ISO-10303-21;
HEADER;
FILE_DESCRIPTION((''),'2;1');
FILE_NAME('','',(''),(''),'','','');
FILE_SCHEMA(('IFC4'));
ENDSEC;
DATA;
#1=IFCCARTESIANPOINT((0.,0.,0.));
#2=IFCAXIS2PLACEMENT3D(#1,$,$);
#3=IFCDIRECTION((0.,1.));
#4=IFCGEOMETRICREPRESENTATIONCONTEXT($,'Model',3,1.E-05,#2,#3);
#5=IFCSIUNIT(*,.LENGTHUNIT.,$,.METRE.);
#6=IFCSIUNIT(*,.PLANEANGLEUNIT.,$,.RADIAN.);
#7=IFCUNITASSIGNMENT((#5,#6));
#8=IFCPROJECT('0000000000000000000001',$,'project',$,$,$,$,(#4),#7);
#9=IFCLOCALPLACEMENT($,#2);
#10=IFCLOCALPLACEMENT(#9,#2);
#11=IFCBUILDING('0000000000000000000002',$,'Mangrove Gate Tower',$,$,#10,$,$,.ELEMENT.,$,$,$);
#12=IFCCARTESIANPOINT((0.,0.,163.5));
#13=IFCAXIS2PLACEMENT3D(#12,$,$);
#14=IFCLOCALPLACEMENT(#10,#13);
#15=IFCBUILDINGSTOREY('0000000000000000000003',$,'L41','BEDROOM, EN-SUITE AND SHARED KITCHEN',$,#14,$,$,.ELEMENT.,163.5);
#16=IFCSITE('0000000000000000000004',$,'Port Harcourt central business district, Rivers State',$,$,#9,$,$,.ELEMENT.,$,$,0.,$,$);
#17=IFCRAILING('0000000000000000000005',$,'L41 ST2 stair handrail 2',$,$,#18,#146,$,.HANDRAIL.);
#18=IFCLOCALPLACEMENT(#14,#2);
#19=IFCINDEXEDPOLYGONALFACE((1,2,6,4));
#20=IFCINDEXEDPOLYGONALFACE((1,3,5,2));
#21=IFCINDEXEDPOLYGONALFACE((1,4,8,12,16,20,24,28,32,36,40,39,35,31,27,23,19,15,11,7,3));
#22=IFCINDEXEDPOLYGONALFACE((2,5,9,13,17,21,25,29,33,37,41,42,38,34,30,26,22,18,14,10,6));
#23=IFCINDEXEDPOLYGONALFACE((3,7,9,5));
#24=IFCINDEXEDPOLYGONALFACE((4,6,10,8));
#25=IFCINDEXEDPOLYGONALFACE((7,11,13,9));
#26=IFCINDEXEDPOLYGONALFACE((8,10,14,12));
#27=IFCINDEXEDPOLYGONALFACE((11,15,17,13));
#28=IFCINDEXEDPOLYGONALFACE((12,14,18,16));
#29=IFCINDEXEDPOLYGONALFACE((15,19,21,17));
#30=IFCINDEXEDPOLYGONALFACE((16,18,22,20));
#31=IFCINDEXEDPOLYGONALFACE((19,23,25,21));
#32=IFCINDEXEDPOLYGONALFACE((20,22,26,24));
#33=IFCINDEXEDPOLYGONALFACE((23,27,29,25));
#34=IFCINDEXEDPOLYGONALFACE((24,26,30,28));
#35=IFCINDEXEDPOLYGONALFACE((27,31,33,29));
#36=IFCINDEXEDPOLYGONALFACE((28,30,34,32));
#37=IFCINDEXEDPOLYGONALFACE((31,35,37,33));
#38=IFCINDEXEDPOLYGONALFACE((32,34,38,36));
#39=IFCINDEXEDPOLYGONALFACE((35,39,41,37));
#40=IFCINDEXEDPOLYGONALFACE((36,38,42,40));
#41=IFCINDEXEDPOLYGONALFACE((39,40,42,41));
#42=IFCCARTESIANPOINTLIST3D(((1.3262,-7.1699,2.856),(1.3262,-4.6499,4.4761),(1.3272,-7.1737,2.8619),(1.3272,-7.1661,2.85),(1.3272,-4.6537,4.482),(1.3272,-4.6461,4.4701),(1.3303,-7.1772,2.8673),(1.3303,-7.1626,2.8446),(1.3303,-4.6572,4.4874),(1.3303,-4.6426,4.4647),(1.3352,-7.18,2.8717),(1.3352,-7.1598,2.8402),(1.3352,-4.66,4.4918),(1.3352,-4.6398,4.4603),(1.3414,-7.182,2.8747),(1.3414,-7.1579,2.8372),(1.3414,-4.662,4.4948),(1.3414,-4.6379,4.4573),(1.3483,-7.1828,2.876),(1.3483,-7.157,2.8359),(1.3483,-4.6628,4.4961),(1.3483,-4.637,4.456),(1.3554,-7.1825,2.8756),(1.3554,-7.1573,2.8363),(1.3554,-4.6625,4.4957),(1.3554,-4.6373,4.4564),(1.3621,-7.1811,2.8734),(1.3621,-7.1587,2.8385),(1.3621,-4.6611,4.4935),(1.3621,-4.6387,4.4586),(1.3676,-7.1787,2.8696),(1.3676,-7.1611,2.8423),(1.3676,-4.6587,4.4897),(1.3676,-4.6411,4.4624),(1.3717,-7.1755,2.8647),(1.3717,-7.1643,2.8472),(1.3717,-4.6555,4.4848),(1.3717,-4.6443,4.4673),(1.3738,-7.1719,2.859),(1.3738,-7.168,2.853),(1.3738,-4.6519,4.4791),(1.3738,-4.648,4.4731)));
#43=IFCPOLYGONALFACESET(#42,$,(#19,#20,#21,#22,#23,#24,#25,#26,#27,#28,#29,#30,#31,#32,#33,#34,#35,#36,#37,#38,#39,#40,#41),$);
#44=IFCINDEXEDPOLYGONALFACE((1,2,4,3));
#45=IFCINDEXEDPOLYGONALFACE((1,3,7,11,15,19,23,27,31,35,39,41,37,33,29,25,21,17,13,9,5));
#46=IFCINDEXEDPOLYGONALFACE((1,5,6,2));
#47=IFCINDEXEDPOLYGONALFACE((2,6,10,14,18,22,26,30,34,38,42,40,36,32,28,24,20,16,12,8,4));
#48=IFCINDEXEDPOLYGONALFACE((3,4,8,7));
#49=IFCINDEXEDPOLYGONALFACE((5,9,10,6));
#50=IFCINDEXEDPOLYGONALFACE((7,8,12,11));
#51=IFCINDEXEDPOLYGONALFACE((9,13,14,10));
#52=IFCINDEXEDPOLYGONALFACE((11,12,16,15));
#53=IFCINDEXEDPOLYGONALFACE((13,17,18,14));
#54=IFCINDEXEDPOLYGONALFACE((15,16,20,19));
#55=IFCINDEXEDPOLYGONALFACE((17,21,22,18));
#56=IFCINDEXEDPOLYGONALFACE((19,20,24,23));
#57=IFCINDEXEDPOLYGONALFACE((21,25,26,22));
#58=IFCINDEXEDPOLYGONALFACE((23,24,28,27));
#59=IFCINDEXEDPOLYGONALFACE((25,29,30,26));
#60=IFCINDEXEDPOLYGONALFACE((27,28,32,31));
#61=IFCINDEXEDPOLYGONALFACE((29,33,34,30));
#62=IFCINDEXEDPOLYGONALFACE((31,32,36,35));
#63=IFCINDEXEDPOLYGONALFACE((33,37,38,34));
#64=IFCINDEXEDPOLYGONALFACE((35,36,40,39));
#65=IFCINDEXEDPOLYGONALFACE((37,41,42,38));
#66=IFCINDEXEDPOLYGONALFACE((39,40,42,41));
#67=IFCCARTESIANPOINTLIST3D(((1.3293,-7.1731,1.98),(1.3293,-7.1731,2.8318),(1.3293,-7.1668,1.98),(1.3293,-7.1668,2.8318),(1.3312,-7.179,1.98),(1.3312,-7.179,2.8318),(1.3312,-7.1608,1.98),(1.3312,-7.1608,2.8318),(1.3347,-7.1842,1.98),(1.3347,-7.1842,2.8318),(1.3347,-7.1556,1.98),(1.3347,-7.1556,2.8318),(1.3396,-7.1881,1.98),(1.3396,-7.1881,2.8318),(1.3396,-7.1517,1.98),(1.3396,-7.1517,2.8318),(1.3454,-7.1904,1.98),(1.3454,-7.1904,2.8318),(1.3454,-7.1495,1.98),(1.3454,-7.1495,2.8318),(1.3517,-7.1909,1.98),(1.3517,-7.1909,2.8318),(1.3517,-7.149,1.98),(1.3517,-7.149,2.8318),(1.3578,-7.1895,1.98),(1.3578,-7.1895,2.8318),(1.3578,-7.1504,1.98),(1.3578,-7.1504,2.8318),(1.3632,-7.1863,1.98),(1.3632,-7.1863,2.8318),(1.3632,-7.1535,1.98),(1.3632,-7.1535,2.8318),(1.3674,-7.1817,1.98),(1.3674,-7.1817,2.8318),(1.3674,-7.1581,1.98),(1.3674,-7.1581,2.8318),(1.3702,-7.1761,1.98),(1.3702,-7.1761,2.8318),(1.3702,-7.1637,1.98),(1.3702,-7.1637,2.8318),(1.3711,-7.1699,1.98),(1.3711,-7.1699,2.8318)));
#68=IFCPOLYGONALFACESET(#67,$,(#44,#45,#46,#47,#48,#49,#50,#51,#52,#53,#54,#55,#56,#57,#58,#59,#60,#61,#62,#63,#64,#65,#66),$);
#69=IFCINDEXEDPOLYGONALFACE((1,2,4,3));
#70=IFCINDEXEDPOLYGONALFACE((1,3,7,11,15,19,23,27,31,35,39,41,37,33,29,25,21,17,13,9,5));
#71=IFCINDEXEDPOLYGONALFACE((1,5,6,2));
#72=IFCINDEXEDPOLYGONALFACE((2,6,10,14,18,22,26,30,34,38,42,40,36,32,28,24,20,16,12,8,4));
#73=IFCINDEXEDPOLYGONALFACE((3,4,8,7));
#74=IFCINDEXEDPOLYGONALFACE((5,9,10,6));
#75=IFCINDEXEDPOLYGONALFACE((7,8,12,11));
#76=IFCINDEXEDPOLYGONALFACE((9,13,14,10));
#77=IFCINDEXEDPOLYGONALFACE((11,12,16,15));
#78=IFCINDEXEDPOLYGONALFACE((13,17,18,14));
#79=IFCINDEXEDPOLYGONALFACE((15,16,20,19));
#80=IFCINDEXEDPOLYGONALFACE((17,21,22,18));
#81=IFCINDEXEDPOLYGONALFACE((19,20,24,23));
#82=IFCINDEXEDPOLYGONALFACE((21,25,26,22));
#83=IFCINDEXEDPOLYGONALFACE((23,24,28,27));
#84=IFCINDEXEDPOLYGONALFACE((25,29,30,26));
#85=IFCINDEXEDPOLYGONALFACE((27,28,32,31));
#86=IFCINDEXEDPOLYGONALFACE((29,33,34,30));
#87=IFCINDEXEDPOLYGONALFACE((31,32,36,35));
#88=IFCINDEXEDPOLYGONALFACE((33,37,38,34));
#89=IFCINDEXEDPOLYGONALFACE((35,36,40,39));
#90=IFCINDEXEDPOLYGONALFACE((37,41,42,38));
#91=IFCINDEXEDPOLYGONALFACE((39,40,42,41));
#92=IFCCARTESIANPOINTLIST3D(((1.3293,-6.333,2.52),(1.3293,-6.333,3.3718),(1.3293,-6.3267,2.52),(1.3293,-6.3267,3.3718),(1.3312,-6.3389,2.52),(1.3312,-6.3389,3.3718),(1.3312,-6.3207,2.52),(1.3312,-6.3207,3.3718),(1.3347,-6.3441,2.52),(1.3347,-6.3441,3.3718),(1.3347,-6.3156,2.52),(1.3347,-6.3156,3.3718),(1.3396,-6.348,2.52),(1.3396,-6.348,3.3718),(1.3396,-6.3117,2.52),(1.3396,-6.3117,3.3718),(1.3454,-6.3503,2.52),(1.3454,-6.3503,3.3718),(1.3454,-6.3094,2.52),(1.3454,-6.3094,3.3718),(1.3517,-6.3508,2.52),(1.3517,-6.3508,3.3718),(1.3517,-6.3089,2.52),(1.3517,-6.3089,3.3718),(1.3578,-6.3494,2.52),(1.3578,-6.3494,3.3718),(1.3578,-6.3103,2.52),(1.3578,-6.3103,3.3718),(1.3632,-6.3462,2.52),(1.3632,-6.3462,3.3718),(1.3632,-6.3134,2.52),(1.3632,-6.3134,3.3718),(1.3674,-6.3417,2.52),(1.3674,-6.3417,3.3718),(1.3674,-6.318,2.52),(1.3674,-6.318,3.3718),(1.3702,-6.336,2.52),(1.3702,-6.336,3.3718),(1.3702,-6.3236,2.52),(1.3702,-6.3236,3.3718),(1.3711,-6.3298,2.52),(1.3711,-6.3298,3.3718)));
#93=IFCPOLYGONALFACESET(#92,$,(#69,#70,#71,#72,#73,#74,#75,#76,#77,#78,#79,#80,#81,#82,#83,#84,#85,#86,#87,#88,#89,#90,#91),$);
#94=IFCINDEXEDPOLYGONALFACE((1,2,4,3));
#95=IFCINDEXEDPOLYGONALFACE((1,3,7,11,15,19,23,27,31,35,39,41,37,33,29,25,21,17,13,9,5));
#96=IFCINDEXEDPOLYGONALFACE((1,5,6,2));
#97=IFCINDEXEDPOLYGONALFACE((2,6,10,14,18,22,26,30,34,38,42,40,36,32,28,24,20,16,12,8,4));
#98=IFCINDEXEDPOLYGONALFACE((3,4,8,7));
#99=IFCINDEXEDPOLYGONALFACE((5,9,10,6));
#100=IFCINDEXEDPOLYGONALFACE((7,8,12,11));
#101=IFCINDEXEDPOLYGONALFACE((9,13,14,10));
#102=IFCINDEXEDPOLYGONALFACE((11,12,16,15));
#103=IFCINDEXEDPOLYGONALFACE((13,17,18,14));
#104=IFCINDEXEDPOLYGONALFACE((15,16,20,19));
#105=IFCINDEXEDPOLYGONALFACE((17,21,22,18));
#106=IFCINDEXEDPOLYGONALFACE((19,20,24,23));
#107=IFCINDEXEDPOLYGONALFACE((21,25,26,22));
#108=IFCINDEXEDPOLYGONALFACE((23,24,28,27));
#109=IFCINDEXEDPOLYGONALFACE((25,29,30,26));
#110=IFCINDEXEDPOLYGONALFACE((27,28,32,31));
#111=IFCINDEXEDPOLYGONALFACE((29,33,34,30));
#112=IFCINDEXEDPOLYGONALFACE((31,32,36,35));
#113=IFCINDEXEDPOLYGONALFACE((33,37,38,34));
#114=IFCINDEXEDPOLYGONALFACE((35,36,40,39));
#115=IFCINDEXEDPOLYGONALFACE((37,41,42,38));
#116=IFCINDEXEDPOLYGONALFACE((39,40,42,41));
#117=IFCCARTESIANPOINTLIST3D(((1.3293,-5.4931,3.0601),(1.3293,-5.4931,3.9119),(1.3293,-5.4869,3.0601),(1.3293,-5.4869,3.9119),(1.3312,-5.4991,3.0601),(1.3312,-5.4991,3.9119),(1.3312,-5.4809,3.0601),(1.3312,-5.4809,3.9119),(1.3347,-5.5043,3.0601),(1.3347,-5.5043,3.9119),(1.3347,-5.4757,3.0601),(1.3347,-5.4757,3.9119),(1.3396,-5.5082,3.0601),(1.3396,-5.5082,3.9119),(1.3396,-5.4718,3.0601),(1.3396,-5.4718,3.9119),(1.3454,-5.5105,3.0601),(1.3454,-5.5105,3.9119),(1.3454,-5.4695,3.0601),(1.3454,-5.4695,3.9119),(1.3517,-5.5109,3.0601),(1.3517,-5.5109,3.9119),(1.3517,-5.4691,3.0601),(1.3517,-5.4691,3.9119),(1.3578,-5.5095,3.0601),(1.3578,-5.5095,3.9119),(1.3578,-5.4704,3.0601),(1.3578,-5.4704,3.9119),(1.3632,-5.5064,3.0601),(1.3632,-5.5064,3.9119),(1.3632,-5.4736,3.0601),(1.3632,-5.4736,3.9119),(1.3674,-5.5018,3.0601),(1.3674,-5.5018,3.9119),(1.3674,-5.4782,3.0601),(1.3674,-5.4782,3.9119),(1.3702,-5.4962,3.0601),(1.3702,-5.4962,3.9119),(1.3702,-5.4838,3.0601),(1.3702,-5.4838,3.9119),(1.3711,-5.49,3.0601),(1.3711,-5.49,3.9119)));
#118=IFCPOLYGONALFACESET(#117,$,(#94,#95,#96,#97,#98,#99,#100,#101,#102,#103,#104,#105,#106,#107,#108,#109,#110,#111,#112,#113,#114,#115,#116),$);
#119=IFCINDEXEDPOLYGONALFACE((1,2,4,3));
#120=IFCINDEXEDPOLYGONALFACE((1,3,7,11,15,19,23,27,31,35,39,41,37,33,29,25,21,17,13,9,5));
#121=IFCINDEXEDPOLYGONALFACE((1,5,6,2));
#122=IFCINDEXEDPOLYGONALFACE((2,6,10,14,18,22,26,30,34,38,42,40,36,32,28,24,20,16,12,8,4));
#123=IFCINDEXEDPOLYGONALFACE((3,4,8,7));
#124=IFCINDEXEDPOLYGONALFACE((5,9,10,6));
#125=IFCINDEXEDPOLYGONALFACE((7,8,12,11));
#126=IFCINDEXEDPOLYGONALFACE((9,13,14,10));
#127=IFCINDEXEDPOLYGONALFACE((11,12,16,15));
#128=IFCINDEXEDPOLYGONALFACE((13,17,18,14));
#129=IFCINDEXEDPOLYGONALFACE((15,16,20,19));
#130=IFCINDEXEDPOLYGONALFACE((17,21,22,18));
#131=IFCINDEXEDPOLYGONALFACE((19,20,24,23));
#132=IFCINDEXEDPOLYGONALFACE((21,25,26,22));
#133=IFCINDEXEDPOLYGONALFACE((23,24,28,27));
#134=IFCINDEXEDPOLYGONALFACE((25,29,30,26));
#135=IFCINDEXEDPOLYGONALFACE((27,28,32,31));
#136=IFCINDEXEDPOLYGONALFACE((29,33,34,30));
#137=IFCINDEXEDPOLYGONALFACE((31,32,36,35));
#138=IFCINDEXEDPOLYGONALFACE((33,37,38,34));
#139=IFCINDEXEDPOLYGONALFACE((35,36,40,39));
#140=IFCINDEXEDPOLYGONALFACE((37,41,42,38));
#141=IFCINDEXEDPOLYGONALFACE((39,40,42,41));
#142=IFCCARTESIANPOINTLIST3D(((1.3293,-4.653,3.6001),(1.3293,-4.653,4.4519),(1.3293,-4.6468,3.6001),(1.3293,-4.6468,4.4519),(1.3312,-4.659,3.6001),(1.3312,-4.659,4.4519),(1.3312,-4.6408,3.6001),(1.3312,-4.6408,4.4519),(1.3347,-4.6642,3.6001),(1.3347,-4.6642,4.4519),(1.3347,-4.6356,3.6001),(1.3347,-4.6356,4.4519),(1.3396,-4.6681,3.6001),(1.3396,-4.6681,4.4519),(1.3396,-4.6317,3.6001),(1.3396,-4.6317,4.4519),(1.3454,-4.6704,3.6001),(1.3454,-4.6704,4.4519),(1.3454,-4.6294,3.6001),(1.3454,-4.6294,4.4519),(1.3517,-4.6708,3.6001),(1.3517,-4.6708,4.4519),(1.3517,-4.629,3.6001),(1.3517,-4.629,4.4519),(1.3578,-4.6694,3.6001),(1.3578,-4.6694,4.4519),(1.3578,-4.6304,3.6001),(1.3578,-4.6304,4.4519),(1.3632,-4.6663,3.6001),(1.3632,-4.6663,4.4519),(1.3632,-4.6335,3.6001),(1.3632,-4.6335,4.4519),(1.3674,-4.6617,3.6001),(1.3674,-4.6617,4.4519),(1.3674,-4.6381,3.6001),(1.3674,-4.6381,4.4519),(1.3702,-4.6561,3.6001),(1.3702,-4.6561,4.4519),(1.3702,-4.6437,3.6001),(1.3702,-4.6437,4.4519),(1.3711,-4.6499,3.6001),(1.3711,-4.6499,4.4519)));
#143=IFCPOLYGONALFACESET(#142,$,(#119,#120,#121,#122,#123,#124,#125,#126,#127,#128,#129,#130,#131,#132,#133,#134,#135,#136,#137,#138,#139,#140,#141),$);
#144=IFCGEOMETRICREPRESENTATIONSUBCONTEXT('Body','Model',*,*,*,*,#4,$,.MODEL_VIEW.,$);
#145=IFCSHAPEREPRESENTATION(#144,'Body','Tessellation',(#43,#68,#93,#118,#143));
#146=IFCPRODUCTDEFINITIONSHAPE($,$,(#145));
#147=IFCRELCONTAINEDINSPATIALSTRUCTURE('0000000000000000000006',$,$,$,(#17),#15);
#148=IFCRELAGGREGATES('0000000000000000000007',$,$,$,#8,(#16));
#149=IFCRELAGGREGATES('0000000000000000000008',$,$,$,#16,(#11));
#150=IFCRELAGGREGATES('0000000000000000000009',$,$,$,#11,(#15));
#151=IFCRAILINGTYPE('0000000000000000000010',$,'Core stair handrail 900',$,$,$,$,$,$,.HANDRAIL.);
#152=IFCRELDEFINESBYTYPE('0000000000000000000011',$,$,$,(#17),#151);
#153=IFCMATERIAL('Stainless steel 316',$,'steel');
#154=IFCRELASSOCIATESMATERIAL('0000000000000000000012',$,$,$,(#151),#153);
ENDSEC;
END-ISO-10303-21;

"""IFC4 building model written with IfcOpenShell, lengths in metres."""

from ifc_helpers import new_model, si_unit, direction, frame, origin, origin_2d, place, context, subcontext, project, spatial, circle, extrude, material, type_object, element, save


model = new_model("IFC4")

# Units and contexts
model_context = context("Model", 3, precision=1e-05, world=origin(), true_north=direction((0.0, 1.0)))
body_context = subcontext(model_context, "Body", "Model", "MODEL_VIEW")
ifc_project = project(units=[si_unit("LENGTHUNIT", "METRE"), si_unit("PLANEANGLEUNIT", "RADIAN")], contexts=[model_context])

# Site, building, storey
site_placement = place(None, origin())
site = spatial("IfcSite", under=ifc_project, at=site_placement, Name="Port Harcourt central business district, Rivers State", CompositionType="ELEMENT", RefElevation=0.0)
building_placement = place(site_placement, origin())
building = spatial("IfcBuilding", under=site, at=building_placement, Name="Mangrove Gate Tower", CompositionType="ELEMENT")
storey_placement = place(building_placement, frame((0.0, 0.0, 163.5)))
storey = spatial("IfcBuildingStorey", under=building, at=storey_placement, Name="L41", Description="BEDROOM, EN-SUITE AND SHARED KITCHEN", CompositionType="ELEMENT", Elevation=163.5)

# Railing
ifc_material_1 = material(Name="Stainless steel 316", Category="steel")
railing_type_1 = type_object("IfcRailingType", Name="Core stair handrail 900", PredefinedType="HANDRAIL", material=ifc_material_1)
railing_1_placement = place(storey_placement, frame((1.3501, -7.1699, 1.98)))
element("IfcRailing", 1, at=railing_1_placement, inside=storey, type_object=railing_type_1, Name="L41 ST2 stair handrail 2", PredefinedType="HANDRAIL", context=body_context, shape_type="SweptSolid", body=[
    extrude(circle(Radius=0.0239, at=origin_2d()), frame((0.0, 0.0, 0.876), z_axis=(0.0, 0.841163, 0.540782), x_axis=(-1.0, 0.0, 0.0)), (0.0, 0.0, 1.0), 2.9958),
    extrude(circle(Radius=0.021, at=origin_2d()), origin(), (0.0, 0.0, 1.0), 0.8518),
    extrude(circle(Radius=0.021, at=origin_2d()), frame((0.0, 0.8401, 0.54)), (0.0, 0.0, 1.0), 0.8518),
    extrude(circle(Radius=0.021, at=origin_2d()), frame((0.0, 1.6799, 1.0801)), (0.0, 0.0, 1.0), 0.8518),
    extrude(circle(Radius=0.021, at=origin_2d()), frame((0.0, 2.52, 1.6201)), (0.0, 0.0, 1.0), 0.8518),
])

save(model, "model.ifc")
